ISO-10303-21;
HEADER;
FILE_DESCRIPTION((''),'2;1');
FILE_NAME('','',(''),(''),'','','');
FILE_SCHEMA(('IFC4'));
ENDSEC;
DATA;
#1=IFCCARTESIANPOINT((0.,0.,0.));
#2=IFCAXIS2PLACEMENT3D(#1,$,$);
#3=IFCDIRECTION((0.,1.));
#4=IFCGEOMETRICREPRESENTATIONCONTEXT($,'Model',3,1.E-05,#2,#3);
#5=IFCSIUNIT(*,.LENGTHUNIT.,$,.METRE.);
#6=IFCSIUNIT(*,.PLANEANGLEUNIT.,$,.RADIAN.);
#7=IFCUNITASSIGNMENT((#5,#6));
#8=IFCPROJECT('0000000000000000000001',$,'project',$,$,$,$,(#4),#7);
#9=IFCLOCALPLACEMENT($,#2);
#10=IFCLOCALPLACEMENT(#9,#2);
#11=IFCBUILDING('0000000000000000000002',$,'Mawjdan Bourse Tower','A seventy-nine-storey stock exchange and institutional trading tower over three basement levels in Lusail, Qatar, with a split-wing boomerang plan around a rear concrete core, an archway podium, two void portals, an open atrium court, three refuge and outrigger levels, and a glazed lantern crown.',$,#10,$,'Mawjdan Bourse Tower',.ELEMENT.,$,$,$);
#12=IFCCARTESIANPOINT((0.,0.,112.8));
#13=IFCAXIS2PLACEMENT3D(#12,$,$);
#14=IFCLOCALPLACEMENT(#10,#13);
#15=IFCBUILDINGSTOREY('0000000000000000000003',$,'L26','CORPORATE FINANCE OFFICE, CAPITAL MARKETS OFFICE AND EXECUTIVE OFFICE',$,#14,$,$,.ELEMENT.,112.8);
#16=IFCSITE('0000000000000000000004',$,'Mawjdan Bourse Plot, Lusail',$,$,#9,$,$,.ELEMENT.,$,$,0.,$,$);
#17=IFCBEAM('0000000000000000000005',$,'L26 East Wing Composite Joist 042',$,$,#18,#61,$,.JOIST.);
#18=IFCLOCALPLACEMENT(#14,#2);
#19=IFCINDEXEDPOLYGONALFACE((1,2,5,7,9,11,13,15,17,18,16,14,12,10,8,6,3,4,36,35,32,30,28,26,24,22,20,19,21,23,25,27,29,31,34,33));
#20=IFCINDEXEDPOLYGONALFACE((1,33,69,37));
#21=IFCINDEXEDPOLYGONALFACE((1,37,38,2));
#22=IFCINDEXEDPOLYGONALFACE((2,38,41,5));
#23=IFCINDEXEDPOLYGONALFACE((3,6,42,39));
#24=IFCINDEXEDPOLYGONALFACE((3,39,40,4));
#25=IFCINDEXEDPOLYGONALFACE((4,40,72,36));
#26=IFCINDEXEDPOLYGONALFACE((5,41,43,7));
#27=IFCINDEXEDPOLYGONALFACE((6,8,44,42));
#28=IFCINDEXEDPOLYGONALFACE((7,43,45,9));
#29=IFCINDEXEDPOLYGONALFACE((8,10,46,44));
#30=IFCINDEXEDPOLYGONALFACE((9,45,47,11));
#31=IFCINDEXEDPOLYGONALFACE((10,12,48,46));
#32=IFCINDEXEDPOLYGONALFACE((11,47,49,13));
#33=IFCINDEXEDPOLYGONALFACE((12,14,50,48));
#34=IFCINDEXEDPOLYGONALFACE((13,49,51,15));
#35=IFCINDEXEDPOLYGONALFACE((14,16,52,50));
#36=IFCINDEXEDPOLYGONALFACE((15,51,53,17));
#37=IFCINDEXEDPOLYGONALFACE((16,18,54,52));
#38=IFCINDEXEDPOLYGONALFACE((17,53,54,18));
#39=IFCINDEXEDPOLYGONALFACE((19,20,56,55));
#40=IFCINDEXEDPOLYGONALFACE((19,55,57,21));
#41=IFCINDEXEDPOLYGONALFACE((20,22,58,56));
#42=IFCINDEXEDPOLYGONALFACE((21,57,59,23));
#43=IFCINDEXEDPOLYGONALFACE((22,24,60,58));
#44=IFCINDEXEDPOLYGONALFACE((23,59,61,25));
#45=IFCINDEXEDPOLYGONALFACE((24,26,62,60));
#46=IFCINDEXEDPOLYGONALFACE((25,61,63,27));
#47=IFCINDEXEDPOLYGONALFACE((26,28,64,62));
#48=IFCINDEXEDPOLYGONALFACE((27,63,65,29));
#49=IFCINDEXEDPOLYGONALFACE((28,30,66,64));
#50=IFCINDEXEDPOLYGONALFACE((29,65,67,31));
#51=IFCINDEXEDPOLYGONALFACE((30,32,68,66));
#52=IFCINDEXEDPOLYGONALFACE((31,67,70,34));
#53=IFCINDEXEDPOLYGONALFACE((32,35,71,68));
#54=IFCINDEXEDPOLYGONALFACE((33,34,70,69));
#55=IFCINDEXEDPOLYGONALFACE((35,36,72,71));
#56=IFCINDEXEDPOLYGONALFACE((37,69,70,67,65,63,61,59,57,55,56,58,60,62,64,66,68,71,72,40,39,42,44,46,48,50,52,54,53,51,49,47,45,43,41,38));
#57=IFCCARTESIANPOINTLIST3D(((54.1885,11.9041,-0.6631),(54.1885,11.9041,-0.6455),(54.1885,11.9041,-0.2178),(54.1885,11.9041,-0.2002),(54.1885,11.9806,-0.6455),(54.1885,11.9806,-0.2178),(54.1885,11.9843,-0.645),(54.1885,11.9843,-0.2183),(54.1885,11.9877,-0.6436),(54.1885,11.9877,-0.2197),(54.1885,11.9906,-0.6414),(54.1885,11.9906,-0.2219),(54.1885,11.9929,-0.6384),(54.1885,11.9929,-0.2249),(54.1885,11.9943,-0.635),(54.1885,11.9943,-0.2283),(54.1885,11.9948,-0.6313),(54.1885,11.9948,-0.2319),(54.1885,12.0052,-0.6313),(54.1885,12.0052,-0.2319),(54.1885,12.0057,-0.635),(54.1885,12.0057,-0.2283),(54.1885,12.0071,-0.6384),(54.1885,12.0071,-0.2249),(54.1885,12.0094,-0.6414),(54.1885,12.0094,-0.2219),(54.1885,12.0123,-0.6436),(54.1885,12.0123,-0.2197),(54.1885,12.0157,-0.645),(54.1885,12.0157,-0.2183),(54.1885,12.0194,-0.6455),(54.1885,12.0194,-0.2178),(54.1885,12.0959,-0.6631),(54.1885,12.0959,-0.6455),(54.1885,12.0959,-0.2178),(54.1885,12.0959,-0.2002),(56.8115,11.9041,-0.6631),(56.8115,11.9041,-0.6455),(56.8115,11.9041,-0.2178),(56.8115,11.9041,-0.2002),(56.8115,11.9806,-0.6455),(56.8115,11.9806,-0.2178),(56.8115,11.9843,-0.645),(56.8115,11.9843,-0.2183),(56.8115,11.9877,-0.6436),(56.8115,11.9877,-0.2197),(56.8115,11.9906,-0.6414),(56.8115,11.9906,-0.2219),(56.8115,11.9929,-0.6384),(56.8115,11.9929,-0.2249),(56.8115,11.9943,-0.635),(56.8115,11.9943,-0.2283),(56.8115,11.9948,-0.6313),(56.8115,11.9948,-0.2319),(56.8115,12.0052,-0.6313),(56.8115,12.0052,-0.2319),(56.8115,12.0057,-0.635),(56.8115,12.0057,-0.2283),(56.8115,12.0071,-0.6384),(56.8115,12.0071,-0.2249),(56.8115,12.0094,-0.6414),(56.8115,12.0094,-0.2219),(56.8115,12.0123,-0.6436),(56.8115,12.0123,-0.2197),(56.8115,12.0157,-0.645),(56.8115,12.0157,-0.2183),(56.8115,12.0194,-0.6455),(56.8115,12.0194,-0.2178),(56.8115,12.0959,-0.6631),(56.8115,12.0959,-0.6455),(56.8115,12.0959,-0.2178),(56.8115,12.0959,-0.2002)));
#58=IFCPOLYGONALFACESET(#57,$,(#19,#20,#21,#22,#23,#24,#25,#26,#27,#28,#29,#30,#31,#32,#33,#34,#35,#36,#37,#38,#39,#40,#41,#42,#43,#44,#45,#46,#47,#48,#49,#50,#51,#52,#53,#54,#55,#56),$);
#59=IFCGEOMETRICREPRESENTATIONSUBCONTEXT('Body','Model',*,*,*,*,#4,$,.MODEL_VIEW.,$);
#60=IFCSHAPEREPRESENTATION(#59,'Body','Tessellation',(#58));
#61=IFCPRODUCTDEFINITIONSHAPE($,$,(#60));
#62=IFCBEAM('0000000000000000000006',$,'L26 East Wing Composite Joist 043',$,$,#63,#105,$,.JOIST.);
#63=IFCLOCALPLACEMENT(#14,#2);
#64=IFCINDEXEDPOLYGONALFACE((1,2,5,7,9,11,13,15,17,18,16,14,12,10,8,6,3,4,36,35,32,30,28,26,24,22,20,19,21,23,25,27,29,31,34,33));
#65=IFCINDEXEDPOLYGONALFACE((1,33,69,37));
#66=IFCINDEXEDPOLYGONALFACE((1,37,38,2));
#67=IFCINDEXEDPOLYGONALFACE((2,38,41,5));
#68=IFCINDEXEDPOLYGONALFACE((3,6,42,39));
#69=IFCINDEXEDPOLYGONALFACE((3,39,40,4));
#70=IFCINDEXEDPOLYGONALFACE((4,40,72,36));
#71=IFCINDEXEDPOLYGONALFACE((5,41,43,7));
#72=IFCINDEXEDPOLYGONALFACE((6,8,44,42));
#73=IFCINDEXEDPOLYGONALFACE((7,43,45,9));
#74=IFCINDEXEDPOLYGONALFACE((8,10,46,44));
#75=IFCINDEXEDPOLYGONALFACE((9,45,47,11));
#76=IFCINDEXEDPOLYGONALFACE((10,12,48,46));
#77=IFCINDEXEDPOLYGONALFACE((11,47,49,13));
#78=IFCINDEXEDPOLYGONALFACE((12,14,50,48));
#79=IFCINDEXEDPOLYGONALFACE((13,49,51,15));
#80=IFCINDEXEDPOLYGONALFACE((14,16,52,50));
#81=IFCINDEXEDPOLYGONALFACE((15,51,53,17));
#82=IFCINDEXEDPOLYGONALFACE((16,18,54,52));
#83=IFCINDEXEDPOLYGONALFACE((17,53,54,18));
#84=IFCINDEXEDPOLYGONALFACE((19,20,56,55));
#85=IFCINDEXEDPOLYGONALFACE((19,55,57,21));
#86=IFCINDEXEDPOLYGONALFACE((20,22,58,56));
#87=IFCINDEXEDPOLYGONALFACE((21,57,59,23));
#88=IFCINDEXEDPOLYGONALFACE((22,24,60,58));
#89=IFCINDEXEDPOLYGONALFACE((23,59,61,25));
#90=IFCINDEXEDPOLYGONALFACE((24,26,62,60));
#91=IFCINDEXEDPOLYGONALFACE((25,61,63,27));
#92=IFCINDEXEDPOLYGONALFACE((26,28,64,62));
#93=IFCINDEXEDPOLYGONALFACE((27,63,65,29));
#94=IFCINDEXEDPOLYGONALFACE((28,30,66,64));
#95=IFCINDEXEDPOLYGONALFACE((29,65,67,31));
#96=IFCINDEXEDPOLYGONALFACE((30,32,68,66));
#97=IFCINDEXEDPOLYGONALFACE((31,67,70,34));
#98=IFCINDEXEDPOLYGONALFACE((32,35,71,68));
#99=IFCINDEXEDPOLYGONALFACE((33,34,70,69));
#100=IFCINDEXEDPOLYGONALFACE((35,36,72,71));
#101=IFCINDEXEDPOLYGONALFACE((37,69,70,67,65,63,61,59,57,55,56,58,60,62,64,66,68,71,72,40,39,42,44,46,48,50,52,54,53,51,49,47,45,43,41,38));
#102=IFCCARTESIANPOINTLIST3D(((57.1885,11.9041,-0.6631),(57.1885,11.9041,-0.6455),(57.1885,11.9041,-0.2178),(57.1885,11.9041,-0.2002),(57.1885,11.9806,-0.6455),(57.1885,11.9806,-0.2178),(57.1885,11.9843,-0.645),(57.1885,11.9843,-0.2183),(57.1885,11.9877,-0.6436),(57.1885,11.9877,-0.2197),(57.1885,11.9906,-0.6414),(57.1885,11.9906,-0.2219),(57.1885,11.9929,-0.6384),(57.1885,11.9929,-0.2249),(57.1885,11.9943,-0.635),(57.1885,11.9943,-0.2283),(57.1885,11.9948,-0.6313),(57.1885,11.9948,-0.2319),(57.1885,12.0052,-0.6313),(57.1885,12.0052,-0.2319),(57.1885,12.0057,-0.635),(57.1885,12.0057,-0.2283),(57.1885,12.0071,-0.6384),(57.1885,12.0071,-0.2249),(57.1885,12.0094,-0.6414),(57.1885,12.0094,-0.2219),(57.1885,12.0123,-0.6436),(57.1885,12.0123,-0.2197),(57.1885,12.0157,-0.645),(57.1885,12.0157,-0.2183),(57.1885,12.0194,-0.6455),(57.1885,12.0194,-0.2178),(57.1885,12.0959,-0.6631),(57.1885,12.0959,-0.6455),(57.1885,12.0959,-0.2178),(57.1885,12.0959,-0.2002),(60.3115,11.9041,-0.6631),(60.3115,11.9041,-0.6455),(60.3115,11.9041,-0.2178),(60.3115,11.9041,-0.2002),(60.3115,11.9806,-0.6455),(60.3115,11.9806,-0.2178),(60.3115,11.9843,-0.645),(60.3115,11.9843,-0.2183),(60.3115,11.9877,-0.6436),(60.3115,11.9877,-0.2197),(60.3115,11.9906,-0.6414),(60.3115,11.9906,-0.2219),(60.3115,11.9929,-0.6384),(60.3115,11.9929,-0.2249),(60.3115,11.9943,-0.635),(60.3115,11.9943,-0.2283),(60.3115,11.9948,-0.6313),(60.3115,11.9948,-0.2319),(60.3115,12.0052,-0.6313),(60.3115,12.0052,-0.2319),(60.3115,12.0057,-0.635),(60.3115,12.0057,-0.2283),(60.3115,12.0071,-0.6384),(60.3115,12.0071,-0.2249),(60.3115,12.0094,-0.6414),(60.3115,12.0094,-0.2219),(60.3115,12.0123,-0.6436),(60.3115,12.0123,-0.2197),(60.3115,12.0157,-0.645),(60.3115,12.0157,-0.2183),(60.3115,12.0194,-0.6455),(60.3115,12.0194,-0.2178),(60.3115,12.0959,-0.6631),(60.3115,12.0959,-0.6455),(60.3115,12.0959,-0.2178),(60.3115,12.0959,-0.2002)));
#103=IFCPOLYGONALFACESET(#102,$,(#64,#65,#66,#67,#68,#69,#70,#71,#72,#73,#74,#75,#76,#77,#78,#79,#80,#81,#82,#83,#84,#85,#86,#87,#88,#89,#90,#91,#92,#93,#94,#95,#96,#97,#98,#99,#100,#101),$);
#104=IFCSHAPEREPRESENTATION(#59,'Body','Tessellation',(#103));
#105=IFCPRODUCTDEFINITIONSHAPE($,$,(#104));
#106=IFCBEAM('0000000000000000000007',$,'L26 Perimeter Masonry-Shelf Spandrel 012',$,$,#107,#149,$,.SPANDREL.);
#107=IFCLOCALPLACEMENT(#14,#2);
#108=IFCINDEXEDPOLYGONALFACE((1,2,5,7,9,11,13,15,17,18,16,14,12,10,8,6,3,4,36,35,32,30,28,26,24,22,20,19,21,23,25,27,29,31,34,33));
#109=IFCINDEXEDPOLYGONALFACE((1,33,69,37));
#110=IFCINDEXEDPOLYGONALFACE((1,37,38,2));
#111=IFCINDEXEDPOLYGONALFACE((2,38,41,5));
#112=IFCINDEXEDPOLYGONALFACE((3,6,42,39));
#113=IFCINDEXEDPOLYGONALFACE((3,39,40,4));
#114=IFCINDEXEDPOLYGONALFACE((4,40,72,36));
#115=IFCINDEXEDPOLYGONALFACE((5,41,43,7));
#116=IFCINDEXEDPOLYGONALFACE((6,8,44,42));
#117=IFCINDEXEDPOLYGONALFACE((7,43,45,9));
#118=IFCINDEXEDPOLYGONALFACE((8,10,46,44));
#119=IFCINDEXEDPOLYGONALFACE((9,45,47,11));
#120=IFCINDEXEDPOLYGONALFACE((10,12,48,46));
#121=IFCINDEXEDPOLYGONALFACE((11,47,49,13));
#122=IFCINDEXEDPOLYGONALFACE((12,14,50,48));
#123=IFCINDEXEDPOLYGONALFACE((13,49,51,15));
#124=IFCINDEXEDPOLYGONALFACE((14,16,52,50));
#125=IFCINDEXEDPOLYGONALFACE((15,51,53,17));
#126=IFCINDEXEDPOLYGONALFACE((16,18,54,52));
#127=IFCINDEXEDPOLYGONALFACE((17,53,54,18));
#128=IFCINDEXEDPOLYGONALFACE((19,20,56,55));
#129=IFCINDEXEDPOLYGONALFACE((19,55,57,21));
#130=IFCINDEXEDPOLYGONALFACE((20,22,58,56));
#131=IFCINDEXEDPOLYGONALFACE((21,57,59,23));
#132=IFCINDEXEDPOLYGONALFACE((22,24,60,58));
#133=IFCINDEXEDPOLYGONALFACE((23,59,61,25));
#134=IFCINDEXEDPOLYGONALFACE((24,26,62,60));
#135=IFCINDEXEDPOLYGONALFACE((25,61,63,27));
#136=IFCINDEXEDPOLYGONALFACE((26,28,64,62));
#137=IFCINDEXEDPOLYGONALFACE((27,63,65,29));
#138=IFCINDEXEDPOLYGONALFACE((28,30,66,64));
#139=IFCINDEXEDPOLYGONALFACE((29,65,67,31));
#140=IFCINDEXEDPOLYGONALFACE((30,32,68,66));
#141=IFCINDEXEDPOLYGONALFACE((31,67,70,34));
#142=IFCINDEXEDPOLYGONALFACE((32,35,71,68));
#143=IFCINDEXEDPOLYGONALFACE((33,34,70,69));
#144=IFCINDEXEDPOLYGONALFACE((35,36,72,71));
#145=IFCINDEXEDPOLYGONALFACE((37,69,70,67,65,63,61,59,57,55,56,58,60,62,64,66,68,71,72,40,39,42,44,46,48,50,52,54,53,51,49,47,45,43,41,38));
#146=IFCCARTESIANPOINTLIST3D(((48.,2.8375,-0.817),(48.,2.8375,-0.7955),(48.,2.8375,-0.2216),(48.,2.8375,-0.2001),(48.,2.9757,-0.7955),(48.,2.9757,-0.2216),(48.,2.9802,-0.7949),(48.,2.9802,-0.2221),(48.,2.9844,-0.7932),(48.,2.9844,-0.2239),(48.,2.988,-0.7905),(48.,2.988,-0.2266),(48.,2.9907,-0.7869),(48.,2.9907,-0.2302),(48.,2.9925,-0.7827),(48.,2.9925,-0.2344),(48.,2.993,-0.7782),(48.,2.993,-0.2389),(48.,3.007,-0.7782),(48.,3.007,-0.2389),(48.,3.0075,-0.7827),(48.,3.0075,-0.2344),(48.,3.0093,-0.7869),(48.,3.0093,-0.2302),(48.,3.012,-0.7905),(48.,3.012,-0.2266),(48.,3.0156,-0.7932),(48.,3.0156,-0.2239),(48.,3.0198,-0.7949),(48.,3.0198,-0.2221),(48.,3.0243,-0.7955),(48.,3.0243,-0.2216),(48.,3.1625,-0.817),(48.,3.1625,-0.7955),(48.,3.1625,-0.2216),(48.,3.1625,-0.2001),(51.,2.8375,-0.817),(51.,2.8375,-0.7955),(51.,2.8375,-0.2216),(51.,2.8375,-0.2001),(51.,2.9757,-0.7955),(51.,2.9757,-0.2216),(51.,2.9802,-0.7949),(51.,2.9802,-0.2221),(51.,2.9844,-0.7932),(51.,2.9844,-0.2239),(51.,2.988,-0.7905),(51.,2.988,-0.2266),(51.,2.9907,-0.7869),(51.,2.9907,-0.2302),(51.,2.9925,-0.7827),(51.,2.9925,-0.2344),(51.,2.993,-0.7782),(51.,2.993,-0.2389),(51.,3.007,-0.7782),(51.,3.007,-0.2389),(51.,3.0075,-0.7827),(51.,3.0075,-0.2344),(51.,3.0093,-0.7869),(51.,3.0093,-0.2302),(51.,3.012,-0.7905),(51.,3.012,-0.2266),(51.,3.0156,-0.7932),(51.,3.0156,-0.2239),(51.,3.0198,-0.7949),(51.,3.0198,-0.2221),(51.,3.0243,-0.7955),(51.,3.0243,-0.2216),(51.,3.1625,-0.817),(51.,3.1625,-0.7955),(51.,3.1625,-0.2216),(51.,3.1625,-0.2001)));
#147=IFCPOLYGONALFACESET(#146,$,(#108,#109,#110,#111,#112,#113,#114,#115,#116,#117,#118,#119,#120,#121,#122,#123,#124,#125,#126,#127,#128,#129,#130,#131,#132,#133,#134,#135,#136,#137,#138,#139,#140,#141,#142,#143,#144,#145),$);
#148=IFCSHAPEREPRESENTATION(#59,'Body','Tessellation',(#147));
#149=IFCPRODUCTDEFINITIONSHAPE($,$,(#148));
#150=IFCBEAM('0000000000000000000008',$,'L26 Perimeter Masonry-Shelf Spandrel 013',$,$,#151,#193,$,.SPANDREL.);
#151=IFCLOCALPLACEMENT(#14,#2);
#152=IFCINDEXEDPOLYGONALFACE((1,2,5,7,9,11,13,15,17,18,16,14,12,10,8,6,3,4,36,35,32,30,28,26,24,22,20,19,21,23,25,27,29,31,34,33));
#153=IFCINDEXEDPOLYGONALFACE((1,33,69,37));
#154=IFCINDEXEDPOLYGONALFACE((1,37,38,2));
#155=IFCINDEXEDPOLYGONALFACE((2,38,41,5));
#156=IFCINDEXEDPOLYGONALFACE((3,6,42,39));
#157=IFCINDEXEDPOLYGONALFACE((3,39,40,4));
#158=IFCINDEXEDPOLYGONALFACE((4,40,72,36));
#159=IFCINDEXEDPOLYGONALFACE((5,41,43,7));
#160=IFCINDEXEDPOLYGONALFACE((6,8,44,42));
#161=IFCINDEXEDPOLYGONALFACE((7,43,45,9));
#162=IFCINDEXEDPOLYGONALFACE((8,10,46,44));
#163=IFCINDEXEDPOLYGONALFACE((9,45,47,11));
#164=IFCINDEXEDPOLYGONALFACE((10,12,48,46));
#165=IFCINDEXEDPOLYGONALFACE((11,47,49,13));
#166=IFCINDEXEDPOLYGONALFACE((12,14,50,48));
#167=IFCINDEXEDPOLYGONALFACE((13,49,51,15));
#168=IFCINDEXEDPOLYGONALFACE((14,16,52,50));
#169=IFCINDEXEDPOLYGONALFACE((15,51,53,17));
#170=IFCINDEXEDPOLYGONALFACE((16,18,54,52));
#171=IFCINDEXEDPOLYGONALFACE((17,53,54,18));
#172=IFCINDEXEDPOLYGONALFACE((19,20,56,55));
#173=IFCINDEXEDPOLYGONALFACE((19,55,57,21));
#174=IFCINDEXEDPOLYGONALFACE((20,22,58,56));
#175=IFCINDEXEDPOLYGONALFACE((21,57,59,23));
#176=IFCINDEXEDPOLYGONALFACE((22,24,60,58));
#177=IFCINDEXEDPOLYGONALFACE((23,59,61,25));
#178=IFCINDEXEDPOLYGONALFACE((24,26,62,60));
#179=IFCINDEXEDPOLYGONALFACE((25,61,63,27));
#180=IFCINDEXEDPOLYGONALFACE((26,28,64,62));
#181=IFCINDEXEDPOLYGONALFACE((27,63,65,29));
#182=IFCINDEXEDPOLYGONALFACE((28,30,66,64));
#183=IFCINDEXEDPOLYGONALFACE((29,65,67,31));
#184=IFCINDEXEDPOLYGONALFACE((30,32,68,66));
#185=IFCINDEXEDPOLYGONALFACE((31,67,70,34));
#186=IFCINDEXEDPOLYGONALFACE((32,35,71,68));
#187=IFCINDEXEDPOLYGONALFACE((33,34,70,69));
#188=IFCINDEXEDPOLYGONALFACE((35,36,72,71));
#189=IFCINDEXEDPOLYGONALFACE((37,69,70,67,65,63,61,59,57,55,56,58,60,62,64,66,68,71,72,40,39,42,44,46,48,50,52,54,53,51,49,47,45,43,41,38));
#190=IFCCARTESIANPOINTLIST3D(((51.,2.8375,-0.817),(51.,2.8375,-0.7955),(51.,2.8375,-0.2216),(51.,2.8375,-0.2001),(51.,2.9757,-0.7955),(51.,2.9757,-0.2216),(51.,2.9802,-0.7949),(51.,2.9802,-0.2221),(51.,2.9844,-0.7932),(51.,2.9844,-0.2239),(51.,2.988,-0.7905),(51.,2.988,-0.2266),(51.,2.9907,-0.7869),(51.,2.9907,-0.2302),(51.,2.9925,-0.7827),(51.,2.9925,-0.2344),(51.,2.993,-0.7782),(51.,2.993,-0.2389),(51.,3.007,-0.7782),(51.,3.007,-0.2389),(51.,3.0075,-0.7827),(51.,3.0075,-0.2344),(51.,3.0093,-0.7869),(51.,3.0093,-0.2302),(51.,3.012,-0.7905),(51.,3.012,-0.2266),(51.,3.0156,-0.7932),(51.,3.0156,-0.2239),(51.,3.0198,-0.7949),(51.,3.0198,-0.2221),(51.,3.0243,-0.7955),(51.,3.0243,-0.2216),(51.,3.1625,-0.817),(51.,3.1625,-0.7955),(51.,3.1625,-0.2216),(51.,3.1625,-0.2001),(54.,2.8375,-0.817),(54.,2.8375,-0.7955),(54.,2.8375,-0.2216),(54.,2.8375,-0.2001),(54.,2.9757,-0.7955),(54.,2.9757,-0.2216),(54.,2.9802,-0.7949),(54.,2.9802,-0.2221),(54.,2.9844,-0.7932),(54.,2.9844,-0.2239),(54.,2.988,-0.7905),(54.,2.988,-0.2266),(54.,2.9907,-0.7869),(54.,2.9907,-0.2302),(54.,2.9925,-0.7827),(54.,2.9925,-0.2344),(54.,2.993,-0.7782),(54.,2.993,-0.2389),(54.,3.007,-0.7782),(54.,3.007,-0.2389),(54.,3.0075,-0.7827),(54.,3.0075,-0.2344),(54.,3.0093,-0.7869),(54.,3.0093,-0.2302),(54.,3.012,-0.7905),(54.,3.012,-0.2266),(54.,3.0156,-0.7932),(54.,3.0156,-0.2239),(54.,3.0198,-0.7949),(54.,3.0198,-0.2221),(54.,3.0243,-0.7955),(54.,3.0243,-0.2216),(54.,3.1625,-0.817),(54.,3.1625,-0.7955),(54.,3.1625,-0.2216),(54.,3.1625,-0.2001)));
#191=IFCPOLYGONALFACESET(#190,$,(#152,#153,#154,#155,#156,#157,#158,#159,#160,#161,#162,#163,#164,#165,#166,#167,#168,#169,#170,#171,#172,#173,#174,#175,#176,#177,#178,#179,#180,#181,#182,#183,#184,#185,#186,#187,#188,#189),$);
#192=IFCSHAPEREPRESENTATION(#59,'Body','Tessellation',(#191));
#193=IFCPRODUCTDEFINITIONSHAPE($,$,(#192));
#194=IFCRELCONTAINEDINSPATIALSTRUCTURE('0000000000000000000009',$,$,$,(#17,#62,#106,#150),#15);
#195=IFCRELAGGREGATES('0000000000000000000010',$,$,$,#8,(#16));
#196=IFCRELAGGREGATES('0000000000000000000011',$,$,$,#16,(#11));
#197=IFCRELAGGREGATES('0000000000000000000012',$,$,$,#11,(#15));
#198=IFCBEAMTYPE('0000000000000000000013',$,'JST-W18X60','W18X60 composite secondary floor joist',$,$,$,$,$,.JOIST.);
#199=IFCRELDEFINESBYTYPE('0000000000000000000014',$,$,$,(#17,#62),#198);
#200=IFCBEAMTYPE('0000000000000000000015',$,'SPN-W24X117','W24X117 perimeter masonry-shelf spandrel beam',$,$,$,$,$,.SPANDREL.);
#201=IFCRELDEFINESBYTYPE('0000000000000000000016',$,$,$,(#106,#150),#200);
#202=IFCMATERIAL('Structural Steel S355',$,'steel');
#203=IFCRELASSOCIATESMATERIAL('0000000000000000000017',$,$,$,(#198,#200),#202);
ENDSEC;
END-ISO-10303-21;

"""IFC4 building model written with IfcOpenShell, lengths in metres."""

from ifc_helpers import new_model, si_unit, direction, frame, origin, origin_2d, place, context, subcontext, project, spatial, i_section, extrude, material, material_profile, profile_set, type_object, element, save


model = new_model("IFC4")

# Units and contexts
model_context = context("Model", 3, precision=1e-05, world=origin(), true_north=direction((0.0, 1.0)))
body_context = subcontext(model_context, "Body", "Model", "MODEL_VIEW")
ifc_project = project(units=[si_unit("LENGTHUNIT", "METRE"), si_unit("PLANEANGLEUNIT", "RADIAN")], contexts=[model_context])

# Site, building, storey
site_placement = place(None, origin())
site = spatial("IfcSite", under=ifc_project, at=site_placement, Name="Mawjdan Bourse Plot, Lusail", CompositionType="ELEMENT", RefElevation=0.0)
building_placement = place(site_placement, origin())
building = spatial("IfcBuilding", under=site, at=building_placement, Name="Mawjdan Bourse Tower", Description="A seventy-nine-storey stock exchange and institutional trading tower over three basement levels in Lusail, Qatar, with a split-wing boomerang plan around a rear concrete core, an archway podium, two void portals, an open atrium court, three refuge and outrigger levels, and a glazed lantern crown.", LongName="Mawjdan Bourse Tower", CompositionType="ELEMENT")
storey_placement = place(building_placement, frame((0.0, 0.0, 112.8)))
storey = spatial("IfcBuildingStorey", under=building, at=storey_placement, Name="L26", Description="CORPORATE FINANCE OFFICE, CAPITAL MARKETS OFFICE AND EXECUTIVE OFFICE", CompositionType="ELEMENT", Elevation=112.8)

# Beams
ifc_material_1 = material(Name="Structural Steel S355", Category="steel")
ifc_material_profile_1 = material_profile(ifc_material_1, i_section(OverallWidth=0.1919, OverallDepth=0.4629, WebThickness=0.0105, FlangeThickness=0.0176, FilletRadius=0.0142, at=origin_2d()), Name="W18X60")
ifc_profile_set_1 = profile_set([ifc_material_profile_1], Name="Structural Steel S355")
beam_type_1 = type_object("IfcBeamType", Name="JST-W18X60", Description="W18X60 composite secondary floor joist", PredefinedType="JOIST", material=ifc_profile_set_1)
for number, where, z_axis, x_axis, name in (
    (1, (54.1885, 12.0, -0.4316), (1.0, 0.0, 0.0), (0.0, 1.0, 0.0), "L26 East Wing Composite Joist 042"),
):
    element("IfcBeam", number, at=place(storey_placement, frame(where, z_axis=z_axis, x_axis=x_axis)), inside=storey, type_object=beam_type_1, Name=name, PredefinedType="JOIST", context=body_context, shape_type="SweptSolid", body=[
        extrude(i_section(OverallWidth=0.1919, OverallDepth=0.4629, WebThickness=0.0105, FlangeThickness=0.0176, FilletRadius=0.0142, at=origin_2d()), origin(), (0.0, 0.0, 1.0), 2.623),
    ])
beam_1_placement = place(storey_placement, frame((57.1885, 12.0, -0.4316), z_axis=(1.0, 0.0, 0.0), x_axis=(0.0, 1.0, 0.0)))
element("IfcBeam", 2, at=beam_1_placement, inside=storey, type_object=beam_type_1, Name="L26 East Wing Composite Joist 043", PredefinedType="JOIST", context=body_context, shape_type="SweptSolid", body=[
    extrude(i_section(OverallWidth=0.1919, OverallDepth=0.4629, WebThickness=0.0105, FlangeThickness=0.0176, FilletRadius=0.0142, at=origin_2d()), origin(), (0.0, 0.0, 1.0), 3.123),
])
ifc_material_profile_2 = material_profile(ifc_material_1, i_section(OverallWidth=0.325, OverallDepth=0.6169, WebThickness=0.0139, FlangeThickness=0.0215, FilletRadius=0.0173, at=origin_2d()), Name="W24X117")
ifc_profile_set_2 = profile_set([ifc_material_profile_2], Name="Structural Steel S355")
beam_type_2 = type_object("IfcBeamType", Name="SPN-W24X117", Description="W24X117 perimeter masonry-shelf spandrel beam", PredefinedType="SPANDREL", material=ifc_profile_set_2)
for number, where, z_axis, x_axis, name in (
    (3, (48.0, 3.0, -0.5085), (1.0, 0.0, 0.0), (0.0, 1.0, 0.0), "L26 Perimeter Masonry-Shelf Spandrel 012"),
    (4, (51.0, 3.0, -0.5085), (1.0, 0.0, 0.0), (0.0, 1.0, 0.0), "L26 Perimeter Masonry-Shelf Spandrel 013"),
):
    element("IfcBeam", number, at=place(storey_placement, frame(where, z_axis=z_axis, x_axis=x_axis)), inside=storey, type_object=beam_type_2, Name=name, PredefinedType="SPANDREL", context=body_context, shape_type="SweptSolid", body=[
        extrude(i_section(OverallWidth=0.325, OverallDepth=0.6169, WebThickness=0.0139, FlangeThickness=0.0215, FilletRadius=0.0173, at=origin_2d()), origin(), (0.0, 0.0, 1.0), 3.0),
    ])

save(model, "model.ifc")
